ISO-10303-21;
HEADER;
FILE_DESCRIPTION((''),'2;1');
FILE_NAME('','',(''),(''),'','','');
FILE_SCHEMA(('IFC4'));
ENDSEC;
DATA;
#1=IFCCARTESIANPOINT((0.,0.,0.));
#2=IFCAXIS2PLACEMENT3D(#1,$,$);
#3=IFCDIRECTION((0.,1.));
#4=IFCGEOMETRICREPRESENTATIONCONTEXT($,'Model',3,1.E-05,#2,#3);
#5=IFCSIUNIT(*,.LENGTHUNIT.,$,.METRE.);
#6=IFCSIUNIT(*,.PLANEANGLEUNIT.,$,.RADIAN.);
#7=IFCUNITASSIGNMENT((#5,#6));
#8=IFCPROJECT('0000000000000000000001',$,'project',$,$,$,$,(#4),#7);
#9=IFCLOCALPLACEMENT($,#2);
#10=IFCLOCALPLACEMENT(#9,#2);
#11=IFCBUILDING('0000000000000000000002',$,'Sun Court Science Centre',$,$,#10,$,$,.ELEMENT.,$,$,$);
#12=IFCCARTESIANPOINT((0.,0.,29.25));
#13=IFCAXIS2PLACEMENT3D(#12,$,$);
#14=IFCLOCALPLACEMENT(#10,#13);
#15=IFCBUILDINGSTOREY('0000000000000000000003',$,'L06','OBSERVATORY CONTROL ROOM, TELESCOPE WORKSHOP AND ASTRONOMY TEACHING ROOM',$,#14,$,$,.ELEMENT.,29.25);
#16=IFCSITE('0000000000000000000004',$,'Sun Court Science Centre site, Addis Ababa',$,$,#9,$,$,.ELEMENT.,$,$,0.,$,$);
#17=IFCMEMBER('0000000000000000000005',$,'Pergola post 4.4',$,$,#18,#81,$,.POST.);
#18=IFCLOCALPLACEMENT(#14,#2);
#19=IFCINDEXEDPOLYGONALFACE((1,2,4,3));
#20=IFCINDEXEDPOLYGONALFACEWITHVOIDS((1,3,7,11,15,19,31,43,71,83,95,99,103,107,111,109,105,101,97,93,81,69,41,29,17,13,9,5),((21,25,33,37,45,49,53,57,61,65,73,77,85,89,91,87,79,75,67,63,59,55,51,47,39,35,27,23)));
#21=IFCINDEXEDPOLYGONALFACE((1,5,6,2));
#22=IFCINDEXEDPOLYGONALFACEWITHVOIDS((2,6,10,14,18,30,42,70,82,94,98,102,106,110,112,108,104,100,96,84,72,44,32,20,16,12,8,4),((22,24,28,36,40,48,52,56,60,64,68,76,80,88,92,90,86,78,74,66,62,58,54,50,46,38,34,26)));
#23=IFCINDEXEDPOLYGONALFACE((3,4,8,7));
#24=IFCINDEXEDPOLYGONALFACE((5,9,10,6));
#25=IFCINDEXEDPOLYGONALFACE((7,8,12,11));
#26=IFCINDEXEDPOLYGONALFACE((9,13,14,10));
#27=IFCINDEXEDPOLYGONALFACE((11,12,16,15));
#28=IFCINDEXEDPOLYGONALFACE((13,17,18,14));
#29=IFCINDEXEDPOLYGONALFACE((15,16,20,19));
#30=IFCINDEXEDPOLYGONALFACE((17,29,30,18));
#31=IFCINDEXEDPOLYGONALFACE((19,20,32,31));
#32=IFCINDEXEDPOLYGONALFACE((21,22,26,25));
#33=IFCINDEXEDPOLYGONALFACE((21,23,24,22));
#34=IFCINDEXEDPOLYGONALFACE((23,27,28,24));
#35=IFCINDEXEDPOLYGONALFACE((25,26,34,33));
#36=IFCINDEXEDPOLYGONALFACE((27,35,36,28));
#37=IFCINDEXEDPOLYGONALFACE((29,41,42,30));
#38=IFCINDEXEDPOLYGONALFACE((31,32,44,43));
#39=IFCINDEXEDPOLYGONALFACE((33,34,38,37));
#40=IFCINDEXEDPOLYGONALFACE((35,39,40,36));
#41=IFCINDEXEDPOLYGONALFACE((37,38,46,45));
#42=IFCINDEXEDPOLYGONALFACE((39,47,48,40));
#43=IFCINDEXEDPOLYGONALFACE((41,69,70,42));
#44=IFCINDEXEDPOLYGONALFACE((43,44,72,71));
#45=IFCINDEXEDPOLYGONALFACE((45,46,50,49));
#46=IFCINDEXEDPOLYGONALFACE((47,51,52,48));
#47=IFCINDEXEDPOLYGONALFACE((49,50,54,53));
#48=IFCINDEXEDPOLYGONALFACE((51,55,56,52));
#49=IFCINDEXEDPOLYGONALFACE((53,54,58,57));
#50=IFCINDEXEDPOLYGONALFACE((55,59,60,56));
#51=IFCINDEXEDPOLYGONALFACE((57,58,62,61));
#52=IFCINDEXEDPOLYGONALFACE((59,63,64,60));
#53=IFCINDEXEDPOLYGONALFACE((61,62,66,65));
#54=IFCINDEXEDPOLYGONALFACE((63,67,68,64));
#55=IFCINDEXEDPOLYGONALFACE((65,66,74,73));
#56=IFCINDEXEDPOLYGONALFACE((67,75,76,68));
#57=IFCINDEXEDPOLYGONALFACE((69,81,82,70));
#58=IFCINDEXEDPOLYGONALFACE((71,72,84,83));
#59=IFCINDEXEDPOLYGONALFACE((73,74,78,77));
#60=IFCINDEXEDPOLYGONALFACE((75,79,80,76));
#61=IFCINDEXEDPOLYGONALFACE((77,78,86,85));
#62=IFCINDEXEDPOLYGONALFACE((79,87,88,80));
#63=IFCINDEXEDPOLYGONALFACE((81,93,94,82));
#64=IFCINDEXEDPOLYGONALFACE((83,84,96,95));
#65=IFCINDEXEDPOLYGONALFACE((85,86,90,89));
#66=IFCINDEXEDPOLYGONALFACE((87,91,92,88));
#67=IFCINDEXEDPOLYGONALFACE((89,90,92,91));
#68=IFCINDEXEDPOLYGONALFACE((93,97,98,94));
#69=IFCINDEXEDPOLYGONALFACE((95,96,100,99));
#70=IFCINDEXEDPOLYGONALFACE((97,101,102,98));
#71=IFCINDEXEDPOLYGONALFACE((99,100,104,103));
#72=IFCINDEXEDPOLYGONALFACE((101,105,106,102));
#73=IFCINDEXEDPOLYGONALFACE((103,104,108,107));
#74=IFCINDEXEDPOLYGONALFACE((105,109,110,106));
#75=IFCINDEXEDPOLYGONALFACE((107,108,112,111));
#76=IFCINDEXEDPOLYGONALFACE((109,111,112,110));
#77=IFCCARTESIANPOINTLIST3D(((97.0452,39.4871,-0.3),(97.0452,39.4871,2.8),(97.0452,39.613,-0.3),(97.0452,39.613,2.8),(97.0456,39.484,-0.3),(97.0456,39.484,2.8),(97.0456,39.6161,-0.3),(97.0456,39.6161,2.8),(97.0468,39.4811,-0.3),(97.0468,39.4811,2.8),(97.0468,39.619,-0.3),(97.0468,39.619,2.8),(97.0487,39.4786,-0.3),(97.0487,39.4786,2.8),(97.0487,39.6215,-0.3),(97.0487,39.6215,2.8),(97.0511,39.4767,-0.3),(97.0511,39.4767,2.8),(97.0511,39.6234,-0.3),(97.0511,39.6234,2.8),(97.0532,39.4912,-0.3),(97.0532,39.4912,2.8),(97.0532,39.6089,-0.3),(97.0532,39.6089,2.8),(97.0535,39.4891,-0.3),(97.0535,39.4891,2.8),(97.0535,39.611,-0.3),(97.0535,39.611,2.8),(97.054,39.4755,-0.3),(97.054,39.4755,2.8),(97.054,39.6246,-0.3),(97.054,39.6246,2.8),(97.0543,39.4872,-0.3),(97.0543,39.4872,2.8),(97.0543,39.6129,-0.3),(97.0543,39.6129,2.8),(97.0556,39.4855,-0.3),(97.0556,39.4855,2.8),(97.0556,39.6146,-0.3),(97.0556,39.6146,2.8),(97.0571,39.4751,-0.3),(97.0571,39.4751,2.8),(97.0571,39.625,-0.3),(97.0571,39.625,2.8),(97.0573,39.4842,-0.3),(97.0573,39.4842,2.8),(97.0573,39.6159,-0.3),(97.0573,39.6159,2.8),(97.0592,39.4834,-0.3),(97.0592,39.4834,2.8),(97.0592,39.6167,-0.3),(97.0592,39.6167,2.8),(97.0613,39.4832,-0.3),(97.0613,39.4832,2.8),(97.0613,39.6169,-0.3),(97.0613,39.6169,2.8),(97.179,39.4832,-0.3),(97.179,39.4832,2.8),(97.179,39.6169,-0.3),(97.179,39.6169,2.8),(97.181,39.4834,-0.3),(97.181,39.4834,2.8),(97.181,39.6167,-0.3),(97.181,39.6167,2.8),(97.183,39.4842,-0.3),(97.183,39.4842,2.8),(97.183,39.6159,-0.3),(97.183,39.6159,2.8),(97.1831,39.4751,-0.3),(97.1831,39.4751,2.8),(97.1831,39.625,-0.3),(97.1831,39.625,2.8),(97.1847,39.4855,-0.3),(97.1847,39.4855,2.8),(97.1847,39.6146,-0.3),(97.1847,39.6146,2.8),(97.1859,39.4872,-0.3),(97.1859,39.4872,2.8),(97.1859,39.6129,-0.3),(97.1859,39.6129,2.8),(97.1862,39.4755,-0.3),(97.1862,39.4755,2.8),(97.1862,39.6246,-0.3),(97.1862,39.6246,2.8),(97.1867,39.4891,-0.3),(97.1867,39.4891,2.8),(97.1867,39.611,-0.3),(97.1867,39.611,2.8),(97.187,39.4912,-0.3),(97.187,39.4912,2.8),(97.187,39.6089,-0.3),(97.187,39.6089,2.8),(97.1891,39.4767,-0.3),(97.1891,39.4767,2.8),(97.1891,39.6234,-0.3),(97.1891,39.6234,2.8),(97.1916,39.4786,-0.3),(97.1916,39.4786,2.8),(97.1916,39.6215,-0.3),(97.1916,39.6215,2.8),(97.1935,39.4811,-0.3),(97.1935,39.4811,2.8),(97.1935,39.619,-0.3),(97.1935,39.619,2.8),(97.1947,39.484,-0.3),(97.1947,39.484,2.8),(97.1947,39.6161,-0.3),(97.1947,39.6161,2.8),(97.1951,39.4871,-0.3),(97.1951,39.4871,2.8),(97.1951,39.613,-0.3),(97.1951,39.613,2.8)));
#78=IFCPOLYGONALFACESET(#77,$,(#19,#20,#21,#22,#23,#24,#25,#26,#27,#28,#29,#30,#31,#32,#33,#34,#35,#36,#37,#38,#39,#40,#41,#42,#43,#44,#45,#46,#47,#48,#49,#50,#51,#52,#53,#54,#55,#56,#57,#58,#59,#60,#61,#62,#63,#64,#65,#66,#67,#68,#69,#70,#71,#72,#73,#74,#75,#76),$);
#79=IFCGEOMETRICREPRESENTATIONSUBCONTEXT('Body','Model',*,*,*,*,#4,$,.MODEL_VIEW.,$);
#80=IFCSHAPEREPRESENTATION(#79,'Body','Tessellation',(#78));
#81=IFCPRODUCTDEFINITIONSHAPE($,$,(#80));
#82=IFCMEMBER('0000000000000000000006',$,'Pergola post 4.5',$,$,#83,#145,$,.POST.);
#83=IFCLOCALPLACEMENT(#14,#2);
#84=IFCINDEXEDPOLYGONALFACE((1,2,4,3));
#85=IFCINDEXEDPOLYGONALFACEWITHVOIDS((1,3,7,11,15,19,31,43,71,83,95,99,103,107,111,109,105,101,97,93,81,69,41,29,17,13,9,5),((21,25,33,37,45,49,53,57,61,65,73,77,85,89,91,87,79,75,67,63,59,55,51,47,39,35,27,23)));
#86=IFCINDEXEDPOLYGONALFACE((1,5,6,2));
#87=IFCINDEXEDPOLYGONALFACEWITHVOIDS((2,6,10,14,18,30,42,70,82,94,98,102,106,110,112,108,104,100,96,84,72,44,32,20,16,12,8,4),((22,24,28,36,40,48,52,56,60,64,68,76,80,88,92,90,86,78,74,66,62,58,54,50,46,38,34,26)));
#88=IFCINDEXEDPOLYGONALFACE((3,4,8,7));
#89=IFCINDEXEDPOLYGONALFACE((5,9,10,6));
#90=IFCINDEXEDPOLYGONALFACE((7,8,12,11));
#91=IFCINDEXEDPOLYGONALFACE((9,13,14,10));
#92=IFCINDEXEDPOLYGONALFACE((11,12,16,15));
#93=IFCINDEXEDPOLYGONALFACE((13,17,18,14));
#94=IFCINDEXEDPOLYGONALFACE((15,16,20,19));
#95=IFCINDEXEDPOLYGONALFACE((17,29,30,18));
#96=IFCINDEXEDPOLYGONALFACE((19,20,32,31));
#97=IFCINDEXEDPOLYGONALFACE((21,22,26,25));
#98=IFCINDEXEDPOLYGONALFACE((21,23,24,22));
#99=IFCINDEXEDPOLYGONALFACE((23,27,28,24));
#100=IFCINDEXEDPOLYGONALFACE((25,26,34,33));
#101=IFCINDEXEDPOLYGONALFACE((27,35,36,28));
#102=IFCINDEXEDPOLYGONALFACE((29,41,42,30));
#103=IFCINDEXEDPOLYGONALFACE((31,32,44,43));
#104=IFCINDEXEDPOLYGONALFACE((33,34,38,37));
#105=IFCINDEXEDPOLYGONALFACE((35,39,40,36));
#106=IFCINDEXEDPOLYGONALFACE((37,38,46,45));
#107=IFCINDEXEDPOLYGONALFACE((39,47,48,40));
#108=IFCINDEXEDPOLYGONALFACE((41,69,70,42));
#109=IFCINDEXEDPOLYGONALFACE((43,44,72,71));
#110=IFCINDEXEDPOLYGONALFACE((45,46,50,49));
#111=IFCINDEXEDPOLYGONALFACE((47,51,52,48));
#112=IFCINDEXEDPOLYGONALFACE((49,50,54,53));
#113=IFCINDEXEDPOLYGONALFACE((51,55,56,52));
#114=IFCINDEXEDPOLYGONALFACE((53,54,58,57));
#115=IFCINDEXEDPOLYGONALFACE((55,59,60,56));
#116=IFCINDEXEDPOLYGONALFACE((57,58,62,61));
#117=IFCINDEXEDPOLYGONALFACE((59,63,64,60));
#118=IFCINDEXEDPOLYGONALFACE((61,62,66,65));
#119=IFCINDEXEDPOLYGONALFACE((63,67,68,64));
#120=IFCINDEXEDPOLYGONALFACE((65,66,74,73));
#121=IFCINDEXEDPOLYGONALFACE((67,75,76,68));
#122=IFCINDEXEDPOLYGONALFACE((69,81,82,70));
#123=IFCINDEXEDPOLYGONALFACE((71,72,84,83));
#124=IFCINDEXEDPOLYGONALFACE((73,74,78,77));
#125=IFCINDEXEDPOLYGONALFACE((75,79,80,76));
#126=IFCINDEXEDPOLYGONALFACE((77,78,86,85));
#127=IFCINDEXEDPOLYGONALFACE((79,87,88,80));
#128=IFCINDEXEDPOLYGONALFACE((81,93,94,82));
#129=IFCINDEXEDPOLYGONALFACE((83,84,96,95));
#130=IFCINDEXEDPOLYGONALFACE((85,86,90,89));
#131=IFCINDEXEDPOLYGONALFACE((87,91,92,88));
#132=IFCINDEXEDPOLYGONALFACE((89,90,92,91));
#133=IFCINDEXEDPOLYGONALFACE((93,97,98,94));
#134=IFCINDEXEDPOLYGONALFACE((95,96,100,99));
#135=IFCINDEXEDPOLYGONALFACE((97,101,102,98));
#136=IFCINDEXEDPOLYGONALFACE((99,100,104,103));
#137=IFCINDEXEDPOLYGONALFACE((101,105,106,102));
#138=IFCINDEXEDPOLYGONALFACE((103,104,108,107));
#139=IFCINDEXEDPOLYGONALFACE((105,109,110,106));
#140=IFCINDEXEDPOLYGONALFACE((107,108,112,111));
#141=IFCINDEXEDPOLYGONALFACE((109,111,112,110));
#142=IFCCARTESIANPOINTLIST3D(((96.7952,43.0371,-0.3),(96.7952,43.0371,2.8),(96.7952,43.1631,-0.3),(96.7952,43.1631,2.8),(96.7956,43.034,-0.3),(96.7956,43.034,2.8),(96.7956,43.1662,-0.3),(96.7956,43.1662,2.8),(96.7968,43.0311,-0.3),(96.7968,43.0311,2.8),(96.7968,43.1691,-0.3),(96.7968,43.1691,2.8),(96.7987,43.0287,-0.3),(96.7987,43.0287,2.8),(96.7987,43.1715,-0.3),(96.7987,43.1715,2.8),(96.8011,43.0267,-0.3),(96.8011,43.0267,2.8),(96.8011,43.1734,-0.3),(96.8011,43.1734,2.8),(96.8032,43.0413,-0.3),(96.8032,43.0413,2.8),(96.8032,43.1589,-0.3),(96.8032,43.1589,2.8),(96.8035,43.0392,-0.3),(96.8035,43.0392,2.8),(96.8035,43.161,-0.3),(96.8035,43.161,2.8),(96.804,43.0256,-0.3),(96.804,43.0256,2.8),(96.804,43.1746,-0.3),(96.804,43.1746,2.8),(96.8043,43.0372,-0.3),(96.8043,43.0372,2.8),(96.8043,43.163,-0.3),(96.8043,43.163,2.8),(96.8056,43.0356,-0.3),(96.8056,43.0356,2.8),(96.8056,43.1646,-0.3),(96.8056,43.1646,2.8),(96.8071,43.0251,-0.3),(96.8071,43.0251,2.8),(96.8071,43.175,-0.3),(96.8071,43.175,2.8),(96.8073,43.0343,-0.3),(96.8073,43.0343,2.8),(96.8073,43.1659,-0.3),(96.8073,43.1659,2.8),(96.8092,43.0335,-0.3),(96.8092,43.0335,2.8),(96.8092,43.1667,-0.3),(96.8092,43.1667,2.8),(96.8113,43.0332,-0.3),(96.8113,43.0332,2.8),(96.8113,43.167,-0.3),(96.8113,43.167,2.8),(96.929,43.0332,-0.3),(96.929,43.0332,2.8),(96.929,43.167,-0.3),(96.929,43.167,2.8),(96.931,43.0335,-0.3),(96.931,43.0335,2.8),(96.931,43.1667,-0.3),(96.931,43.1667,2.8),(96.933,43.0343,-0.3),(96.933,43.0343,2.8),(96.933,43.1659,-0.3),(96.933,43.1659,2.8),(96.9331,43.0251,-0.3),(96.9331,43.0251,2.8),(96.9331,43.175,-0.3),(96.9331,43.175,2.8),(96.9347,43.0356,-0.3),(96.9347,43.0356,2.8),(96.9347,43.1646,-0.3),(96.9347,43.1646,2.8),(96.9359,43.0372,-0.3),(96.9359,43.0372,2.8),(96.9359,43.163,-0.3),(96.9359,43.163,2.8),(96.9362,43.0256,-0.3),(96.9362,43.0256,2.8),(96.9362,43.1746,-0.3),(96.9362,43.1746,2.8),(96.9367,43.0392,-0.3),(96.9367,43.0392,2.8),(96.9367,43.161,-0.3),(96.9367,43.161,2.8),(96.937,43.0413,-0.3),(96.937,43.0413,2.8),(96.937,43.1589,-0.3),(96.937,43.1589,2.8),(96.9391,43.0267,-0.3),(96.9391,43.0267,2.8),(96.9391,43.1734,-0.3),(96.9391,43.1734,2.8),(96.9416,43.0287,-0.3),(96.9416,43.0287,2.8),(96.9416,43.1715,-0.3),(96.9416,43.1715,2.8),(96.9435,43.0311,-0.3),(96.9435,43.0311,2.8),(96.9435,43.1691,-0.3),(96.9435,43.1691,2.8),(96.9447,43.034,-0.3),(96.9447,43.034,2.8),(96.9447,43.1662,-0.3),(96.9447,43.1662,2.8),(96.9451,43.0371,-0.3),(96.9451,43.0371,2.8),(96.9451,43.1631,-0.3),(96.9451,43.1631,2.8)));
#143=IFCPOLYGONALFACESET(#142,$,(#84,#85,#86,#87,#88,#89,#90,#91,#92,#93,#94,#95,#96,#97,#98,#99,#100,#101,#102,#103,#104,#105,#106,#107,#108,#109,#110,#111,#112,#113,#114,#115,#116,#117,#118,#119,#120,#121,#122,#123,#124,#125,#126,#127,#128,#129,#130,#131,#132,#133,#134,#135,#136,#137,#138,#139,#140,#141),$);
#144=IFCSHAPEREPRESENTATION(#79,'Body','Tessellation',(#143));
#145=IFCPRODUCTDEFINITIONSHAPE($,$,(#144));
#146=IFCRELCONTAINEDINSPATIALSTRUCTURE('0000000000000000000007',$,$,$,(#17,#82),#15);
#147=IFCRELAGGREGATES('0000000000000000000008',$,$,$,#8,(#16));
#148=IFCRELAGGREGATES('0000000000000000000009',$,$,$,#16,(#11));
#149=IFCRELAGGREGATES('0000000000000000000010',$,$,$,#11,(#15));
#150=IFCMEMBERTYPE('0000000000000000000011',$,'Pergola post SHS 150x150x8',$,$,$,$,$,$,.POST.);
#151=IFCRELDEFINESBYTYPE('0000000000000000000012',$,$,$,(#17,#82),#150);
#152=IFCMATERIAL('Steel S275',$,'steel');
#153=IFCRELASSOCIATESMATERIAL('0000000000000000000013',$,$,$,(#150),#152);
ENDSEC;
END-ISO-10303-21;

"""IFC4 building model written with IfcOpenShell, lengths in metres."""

from ifc_helpers import new_model, si_unit, direction, frame, origin, origin_2d, place, context, subcontext, project, spatial, hollow_rectangle, extrude, material, material_profile, profile_set, type_object, element, save


model = new_model("IFC4")

# Units and contexts
model_context = context("Model", 3, precision=1e-05, world=origin(), true_north=direction((0.0, 1.0)))
body_context = subcontext(model_context, "Body", "Model", "MODEL_VIEW")
ifc_project = project(units=[si_unit("LENGTHUNIT", "METRE"), si_unit("PLANEANGLEUNIT", "RADIAN")], contexts=[model_context])

# Site, building, storey
site_placement = place(None, origin())
site = spatial("IfcSite", under=ifc_project, at=site_placement, Name="Sun Court Science Centre site, Addis Ababa", CompositionType="ELEMENT", RefElevation=0.0)
building_placement = place(site_placement, origin())
building = spatial("IfcBuilding", under=site, at=building_placement, Name="Sun Court Science Centre", CompositionType="ELEMENT")
storey_placement = place(building_placement, frame((0.0, 0.0, 29.25)))
storey = spatial("IfcBuildingStorey", under=building, at=storey_placement, Name="L06", Description="OBSERVATORY CONTROL ROOM, TELESCOPE WORKSHOP AND ASTRONOMY TEACHING ROOM", CompositionType="ELEMENT", Elevation=29.25)

# Members
ifc_material_1 = material(Name="Steel S275", Category="steel")
ifc_material_profile_1 = material_profile(ifc_material_1, hollow_rectangle(XDim=0.1499, YDim=0.1499, WallThickness=0.0081, InnerFilletRadius=0.0081, OuterFilletRadius=0.012, at=origin_2d()), Name="SHS 150x150x8")
ifc_profile_set_1 = profile_set([ifc_material_profile_1], Name="Steel S275")
member_type_1 = type_object("IfcMemberType", Name="Pergola post SHS 150x150x8", PredefinedType="POST", material=ifc_profile_set_1)
for number, where, z_axis, x_axis, name in (
    (1, (97.1201, 39.55, -0.3), (0.0, 0.0, 1.0), (1.0, 0.0, 0.0), "Pergola post 4.4"),
    (2, (96.8701, 43.1001, -0.3), (0.0, 0.0, 1.0), (1.0, 0.0, 0.0), "Pergola post 4.5"),
):
    element("IfcMember", number, at=place(storey_placement, frame(where, z_axis=z_axis, x_axis=x_axis)), inside=storey, type_object=member_type_1, Name=name, PredefinedType="POST", context=body_context, shape_type="SweptSolid", body=[
        extrude(hollow_rectangle(XDim=0.1499, YDim=0.1499, WallThickness=0.0081, InnerFilletRadius=0.0081, OuterFilletRadius=0.012, at=origin_2d()), origin(), (0.0, 0.0, 1.0), 3.1001),
    ])

save(model, "model.ifc")
